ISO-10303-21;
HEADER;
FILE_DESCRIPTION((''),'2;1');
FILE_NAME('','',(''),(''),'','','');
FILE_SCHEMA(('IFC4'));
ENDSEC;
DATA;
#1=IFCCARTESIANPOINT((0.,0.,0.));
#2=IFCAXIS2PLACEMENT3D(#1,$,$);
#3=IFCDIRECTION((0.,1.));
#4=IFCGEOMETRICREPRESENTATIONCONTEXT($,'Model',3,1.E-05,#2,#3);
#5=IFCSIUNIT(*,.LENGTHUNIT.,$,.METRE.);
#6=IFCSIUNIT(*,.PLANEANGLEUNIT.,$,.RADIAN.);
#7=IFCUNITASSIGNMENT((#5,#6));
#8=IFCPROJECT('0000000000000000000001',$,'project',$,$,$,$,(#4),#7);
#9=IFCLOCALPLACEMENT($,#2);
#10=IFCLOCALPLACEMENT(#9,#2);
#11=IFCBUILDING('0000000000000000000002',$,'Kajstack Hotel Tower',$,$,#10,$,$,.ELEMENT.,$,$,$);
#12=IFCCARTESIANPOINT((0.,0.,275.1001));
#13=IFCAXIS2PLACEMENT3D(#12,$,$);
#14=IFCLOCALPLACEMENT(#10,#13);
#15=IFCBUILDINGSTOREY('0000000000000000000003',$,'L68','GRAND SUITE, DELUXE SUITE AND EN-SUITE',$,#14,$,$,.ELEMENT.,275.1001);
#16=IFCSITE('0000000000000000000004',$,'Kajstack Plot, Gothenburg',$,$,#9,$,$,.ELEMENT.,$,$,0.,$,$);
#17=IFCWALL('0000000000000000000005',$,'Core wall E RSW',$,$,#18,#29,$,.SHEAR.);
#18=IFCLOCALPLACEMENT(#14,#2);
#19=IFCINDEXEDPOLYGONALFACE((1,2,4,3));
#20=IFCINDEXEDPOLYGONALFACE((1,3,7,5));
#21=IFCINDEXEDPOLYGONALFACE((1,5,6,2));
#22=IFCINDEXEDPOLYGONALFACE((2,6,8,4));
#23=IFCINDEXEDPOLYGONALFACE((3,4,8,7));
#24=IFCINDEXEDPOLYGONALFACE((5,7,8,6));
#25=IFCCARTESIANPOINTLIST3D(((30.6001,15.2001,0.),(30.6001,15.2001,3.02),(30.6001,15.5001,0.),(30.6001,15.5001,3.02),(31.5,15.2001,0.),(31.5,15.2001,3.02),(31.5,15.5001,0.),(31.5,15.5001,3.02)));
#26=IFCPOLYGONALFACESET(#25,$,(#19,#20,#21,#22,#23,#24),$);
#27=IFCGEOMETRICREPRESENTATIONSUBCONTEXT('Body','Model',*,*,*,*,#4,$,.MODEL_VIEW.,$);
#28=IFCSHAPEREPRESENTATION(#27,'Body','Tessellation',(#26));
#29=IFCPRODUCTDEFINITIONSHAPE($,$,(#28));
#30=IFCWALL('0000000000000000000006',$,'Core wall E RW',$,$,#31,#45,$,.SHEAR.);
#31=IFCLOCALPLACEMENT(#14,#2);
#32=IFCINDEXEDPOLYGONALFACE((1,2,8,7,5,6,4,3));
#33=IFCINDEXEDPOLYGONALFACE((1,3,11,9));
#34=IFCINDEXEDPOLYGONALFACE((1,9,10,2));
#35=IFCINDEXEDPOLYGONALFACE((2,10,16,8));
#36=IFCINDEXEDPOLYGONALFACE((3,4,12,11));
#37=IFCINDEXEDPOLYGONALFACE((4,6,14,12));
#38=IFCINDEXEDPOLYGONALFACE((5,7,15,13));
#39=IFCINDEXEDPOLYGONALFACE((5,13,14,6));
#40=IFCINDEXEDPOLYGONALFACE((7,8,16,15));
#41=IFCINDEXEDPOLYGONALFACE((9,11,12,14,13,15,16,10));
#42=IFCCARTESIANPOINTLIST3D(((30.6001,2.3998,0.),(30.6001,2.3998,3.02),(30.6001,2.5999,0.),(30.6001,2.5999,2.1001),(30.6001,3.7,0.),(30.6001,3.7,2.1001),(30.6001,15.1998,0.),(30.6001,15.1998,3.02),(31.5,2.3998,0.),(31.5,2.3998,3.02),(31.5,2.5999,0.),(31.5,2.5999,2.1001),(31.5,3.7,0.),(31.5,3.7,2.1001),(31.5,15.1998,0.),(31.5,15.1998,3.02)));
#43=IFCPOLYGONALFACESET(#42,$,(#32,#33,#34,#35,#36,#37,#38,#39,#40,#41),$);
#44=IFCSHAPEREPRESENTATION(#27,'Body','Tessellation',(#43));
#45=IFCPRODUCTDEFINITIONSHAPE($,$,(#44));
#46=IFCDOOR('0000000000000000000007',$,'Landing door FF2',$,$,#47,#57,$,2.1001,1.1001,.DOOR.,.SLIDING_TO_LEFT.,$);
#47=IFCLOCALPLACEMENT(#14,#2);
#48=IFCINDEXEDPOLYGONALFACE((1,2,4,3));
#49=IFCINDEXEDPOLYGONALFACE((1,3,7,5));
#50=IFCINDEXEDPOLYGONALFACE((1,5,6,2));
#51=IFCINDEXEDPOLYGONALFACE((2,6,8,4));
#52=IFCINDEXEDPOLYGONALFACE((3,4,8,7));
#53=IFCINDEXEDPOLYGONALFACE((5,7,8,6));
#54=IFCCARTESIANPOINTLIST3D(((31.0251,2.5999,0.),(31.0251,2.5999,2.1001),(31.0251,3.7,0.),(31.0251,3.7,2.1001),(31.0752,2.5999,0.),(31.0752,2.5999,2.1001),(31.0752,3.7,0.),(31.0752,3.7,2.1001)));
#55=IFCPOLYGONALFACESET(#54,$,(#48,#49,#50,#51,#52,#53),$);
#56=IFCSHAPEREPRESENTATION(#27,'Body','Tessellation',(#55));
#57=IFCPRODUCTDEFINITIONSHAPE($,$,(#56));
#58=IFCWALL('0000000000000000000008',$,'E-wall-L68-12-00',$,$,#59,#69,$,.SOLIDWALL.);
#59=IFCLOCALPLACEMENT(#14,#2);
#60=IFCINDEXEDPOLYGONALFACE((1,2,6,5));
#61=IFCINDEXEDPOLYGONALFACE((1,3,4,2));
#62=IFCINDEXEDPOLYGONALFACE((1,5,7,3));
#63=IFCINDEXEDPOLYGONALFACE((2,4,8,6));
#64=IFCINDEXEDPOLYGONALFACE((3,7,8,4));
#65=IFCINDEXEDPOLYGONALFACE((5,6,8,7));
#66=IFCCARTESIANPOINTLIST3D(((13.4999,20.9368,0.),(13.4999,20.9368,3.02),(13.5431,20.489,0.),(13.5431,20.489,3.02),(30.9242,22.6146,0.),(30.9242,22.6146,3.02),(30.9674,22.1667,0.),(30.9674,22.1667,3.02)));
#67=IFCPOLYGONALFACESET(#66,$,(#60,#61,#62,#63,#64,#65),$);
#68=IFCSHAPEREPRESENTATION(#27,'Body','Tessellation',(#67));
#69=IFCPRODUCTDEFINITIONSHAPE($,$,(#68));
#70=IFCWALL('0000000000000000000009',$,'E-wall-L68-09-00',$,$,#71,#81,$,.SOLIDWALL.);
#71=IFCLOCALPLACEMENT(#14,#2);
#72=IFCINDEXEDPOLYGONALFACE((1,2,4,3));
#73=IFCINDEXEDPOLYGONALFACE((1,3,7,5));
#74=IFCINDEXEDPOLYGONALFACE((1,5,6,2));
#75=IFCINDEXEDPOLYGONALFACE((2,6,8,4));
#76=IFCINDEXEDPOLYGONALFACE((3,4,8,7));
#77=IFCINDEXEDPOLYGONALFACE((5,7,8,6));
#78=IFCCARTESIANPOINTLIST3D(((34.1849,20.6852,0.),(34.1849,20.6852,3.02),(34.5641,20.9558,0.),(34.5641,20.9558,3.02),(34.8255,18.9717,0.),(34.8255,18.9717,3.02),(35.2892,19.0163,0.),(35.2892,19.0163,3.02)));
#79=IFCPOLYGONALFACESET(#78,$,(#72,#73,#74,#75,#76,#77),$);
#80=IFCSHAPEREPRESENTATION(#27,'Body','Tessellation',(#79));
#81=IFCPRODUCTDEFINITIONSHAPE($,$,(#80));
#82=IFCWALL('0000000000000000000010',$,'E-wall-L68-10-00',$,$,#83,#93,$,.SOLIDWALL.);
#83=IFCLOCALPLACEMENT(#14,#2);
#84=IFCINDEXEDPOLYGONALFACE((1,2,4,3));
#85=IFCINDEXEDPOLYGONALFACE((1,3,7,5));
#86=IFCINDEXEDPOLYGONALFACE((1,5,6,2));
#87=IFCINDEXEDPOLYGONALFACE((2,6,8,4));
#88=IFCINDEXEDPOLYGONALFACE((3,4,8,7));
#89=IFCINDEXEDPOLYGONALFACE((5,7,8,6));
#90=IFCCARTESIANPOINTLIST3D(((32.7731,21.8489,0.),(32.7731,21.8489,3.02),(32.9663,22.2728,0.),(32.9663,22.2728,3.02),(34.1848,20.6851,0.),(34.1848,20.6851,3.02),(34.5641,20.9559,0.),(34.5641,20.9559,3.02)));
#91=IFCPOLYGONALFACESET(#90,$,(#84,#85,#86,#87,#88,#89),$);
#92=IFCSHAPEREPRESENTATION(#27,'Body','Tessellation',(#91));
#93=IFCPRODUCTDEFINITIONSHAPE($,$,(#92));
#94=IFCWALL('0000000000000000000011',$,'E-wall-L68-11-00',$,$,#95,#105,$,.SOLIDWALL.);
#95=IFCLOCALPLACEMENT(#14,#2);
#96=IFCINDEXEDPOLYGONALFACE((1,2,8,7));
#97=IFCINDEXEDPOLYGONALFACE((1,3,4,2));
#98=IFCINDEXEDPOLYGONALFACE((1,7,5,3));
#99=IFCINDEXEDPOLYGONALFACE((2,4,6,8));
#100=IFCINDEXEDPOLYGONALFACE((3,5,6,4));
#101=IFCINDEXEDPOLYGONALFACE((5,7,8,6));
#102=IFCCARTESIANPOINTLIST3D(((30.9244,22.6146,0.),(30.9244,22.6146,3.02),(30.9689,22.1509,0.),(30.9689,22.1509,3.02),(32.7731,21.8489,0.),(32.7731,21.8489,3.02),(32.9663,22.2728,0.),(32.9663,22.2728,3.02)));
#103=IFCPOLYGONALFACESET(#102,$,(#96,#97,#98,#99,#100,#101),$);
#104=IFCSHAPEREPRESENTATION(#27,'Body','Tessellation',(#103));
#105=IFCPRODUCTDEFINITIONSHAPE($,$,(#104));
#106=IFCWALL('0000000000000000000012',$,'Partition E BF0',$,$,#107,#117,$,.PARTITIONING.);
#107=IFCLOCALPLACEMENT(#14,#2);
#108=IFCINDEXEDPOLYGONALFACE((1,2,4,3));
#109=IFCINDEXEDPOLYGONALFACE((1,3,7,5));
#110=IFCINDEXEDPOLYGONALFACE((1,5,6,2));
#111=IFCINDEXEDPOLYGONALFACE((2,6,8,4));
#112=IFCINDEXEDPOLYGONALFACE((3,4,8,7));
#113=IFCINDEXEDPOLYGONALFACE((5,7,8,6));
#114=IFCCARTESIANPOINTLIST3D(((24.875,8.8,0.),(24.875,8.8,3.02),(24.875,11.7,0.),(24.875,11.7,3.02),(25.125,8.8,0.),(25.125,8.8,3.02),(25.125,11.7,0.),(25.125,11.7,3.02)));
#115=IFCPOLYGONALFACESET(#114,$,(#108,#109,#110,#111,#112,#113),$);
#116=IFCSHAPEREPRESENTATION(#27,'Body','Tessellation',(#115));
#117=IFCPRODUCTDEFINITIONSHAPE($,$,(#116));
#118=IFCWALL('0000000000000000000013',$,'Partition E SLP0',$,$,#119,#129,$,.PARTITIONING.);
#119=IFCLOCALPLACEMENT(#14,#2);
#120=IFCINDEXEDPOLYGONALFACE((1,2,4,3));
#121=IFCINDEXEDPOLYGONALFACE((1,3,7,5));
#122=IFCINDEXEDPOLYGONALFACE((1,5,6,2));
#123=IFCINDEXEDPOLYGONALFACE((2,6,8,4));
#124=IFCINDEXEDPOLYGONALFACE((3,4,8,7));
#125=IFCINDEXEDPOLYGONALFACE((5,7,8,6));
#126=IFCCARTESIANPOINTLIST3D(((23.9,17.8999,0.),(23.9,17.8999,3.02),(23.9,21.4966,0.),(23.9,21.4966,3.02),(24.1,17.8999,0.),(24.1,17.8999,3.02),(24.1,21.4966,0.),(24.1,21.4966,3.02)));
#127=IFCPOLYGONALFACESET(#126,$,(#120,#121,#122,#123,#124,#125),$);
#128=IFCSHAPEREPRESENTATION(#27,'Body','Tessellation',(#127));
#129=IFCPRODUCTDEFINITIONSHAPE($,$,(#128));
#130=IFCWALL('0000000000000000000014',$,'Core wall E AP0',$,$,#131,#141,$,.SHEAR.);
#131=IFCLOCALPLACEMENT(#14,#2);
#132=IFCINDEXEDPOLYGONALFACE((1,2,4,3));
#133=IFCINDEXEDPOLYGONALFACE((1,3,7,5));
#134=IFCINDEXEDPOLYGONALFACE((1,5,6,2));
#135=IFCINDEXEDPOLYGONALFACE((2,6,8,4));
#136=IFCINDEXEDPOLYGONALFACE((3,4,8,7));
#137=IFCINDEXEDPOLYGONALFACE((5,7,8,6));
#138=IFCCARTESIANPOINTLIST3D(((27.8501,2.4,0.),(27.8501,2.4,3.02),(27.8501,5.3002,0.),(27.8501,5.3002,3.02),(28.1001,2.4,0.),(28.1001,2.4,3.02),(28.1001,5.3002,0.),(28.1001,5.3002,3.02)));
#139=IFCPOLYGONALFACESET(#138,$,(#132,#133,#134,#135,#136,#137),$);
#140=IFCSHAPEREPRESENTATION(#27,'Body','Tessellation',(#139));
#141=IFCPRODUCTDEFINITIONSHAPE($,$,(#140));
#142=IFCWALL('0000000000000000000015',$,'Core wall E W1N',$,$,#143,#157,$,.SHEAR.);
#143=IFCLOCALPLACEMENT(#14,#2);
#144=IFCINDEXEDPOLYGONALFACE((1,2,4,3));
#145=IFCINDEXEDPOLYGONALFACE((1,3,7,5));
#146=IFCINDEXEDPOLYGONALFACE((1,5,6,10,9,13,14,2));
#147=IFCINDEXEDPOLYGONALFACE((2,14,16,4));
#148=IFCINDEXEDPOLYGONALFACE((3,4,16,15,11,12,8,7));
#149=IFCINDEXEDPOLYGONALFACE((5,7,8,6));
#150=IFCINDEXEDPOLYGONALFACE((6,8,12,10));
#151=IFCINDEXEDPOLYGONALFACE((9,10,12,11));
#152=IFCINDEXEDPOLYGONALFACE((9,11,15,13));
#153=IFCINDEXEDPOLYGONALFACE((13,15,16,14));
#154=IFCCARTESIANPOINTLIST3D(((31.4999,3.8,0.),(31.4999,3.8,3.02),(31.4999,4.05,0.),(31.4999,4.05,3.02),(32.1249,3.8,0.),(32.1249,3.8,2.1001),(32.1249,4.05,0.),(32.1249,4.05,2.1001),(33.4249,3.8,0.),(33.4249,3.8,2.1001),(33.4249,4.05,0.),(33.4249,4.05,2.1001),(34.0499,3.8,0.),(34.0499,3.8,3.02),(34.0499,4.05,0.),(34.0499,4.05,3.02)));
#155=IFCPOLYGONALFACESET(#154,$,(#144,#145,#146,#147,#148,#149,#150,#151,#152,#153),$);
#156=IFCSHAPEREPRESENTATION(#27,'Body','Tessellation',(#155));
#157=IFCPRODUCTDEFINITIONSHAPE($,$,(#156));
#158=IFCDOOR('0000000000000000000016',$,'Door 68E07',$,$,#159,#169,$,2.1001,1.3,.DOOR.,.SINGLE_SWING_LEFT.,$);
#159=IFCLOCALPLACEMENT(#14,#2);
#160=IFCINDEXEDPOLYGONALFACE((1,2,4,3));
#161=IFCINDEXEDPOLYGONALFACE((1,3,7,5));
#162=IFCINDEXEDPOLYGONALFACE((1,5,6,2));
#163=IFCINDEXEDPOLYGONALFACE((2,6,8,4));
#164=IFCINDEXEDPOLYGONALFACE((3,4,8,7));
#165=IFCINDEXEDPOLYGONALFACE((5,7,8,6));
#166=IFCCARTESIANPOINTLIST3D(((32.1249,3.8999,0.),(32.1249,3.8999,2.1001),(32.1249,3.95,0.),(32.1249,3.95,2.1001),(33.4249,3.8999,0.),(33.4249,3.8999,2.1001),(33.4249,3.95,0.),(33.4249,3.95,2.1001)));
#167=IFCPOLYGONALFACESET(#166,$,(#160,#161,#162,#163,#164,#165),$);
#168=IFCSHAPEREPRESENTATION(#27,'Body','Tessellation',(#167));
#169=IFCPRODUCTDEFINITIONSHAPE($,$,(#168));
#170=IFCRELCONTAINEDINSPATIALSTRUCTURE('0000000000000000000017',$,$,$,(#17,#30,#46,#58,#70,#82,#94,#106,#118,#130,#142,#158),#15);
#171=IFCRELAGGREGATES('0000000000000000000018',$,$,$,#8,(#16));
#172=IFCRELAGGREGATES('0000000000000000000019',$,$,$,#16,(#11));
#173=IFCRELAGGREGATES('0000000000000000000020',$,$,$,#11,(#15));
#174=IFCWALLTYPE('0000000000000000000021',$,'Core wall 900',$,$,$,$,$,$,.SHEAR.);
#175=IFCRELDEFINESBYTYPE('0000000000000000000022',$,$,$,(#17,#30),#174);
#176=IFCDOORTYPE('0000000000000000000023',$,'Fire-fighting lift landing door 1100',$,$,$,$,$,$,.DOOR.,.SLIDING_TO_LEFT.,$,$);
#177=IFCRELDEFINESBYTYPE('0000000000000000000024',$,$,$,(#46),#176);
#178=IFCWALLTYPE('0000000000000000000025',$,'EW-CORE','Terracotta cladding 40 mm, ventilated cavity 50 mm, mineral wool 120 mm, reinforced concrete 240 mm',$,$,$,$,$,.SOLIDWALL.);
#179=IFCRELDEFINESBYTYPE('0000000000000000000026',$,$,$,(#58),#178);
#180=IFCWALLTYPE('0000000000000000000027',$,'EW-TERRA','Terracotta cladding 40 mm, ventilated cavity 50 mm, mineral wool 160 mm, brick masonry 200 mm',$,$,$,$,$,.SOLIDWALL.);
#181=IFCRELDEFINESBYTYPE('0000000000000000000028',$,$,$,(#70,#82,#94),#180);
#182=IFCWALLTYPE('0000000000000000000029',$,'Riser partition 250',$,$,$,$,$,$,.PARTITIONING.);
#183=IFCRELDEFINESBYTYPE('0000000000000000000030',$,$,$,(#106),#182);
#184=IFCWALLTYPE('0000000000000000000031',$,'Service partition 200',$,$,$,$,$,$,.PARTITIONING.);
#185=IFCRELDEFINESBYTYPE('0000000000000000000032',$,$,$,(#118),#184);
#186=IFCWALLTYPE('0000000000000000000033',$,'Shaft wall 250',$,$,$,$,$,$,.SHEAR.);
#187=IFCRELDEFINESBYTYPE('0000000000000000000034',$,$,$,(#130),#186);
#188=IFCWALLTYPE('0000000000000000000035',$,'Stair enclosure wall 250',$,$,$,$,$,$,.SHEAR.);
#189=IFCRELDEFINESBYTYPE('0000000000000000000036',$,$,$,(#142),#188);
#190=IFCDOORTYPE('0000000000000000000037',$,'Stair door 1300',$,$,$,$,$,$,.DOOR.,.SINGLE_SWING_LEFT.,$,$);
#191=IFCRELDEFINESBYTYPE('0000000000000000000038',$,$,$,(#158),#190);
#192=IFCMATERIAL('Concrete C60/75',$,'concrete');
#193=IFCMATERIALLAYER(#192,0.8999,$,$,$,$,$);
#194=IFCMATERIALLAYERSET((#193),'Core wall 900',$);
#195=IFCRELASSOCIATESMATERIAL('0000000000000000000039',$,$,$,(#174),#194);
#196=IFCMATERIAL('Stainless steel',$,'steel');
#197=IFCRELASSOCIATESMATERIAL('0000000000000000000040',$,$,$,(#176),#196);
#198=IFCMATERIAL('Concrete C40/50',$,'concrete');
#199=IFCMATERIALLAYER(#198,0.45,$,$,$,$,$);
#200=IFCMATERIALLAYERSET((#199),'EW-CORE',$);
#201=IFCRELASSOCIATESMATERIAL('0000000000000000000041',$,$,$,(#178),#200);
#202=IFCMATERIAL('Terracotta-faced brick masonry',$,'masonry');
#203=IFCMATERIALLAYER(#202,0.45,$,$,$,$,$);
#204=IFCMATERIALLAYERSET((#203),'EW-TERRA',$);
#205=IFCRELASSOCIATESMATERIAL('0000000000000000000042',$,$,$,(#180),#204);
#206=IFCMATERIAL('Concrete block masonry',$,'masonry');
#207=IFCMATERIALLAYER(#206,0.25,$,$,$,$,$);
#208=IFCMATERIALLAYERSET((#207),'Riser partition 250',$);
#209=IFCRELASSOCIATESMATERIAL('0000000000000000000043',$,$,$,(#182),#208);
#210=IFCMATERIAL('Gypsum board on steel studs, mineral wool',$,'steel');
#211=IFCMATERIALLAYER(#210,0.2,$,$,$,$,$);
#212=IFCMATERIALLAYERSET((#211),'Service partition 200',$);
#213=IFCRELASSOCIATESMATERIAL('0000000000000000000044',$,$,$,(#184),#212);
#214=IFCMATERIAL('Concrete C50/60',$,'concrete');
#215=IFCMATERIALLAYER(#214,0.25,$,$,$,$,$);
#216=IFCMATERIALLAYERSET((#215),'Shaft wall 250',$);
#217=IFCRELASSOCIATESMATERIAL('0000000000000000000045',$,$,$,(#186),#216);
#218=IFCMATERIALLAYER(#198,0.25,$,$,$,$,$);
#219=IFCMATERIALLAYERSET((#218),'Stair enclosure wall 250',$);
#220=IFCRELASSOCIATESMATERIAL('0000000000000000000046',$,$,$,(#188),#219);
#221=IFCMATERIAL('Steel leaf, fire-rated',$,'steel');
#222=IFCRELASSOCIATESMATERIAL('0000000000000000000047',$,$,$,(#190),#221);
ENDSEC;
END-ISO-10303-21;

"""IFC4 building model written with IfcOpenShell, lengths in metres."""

from ifc_helpers import new_model, si_unit, direction, frame, frame_2d, origin, place, context, subcontext, project, spatial, polyline, rectangle, outline, extrude, material, layer, layer_set, type_object, element, fill, save


model = new_model("IFC4")

# Units and contexts
model_context = context("Model", 3, precision=1e-05, world=origin(), true_north=direction((0.0, 1.0)))
body_context = subcontext(model_context, "Body", "Model", "MODEL_VIEW")
ifc_project = project(units=[si_unit("LENGTHUNIT", "METRE"), si_unit("PLANEANGLEUNIT", "RADIAN")], contexts=[model_context])

# Site, building, storey
site_placement = place(None, origin())
site = spatial("IfcSite", under=ifc_project, at=site_placement, Name="Kajstack Plot, Gothenburg", CompositionType="ELEMENT", RefElevation=0.0)
building_placement = place(site_placement, origin())
building = spatial("IfcBuilding", under=site, at=building_placement, Name="Kajstack Hotel Tower", CompositionType="ELEMENT")
storey_placement = place(building_placement, frame((0.0, 0.0, 275.1001)))
storey = spatial("IfcBuildingStorey", under=building, at=storey_placement, Name="L68", Description="GRAND SUITE, DELUXE SUITE AND EN-SUITE", CompositionType="ELEMENT", Elevation=275.1001)

# Wall
ifc_material_1 = material(Name="Concrete C60/75", Category="concrete")
ifc_layer_1 = layer(ifc_material_1, 0.8999)
ifc_layer_set_1 = layer_set([ifc_layer_1], Name="Core wall 900")
wall_type_1 = type_object("IfcWallType", Name="Core wall 900", PredefinedType="SHEAR", material=ifc_layer_set_1)
wall_1_placement = place(storey_placement, frame((30.6001, 15.3501, 0.0), z_axis=(0.0, 0.0, 1.0), x_axis=(1.0, 0.0, 0.0)))
element("IfcWall", 1, at=wall_1_placement, inside=storey, type_object=wall_type_1, Name="Core wall E RSW", PredefinedType="SHEAR", context=body_context, shape_type="SweptSolid", body=[
    extrude(rectangle(XDim=0.8999, YDim=0.3, at=frame_2d((0.45, 0.0))), origin(), (0.0, 0.0, 1.0), 3.02),
])

# Wall, opening, door
wall_2_placement = place(storey_placement, frame((31.05, 2.3999, 0.0), z_axis=(0.0, 0.0, 1.0), x_axis=(0.0, 1.0, 0.0)))
wall_2 = element("IfcWall", 2, at=wall_2_placement, inside=storey, type_object=wall_type_1, Name="Core wall E RW", PredefinedType="SHEAR", context=body_context, shape_type="SweptSolid", body=[
    extrude(rectangle(XDim=12.8, YDim=0.8999, at=frame_2d((6.3999, 0.0))), origin(), (0.0, 0.0, 1.0), 3.02),
])
opening_1_placement = place(wall_2_placement, frame((0.2, 0.0, 0.0)))
opening_1 = element("IfcOpeningElement", 3, at=opening_1_placement, cuts=wall_2, PredefinedType="OPENING", context=body_context, shape_type="SweptSolid", body=[
    extrude(rectangle(XDim=1.1001, YDim=2.1001, at=frame_2d((0.55, 1.05))), frame((0.0, 0.46, 0.0), z_axis=(0.0, -1.0, 0.0), x_axis=(1.0, 0.0, 0.0)), (0.0, 0.0, 1.0), 0.9199),
])
ifc_material_2 = material(Name="Stainless steel", Category="steel")
door_type_1 = type_object("IfcDoorType", Name="Fire-fighting lift landing door 1100", OperationType="SLIDING_TO_LEFT", PredefinedType="DOOR", material=ifc_material_2)
door_1_placement = place(opening_1_placement, origin())
door_1 = element("IfcDoor", 4, at=door_1_placement, inside=storey, type_object=door_type_1, Name="Landing door FF2", OperationType="SLIDING_TO_LEFT", OverallHeight=2.1001, OverallWidth=1.1001, PredefinedType="DOOR", context=body_context, shape_type="SweptSolid", body=[
    extrude(rectangle(XDim=1.1001, YDim=2.1001, at=frame_2d((0.55, 1.05))), frame((0.0, 0.0249, 0.0), z_axis=(0.0, -1.0, 0.0), x_axis=(1.0, 0.0, 0.0)), (0.0, 0.0, 1.0), 0.05),
])
fill(opening_1, door_1)

# Walls
ifc_material_3 = material(Name="Concrete C40/50", Category="concrete")
ifc_layer_2 = layer(ifc_material_3, 0.45)
ifc_layer_set_2 = layer_set([ifc_layer_2], Name="EW-CORE")
wall_type_2 = type_object("IfcWallType", Name="EW-CORE", Description="Terracotta cladding 40 mm, ventilated cavity 50 mm, mineral wool 120 mm, reinforced concrete 240 mm", PredefinedType="SOLIDWALL", material=ifc_layer_set_2)
wall_3_placement = place(storey_placement, frame((30.9458, 22.3906, 0.0), z_axis=(0.0, 0.0, 1.0), x_axis=(-0.995396, -0.095844, 0.0)))
element("IfcWall", 5, at=wall_3_placement, inside=storey, type_object=wall_type_2, Name="E-wall-L68-12-00", PredefinedType="SOLIDWALL", context=body_context, shape_type="SweptSolid", body=[
    extrude(rectangle(XDim=17.5049, YDim=0.45, at=frame_2d((8.7524, 0.0))), origin(), (0.0, 0.0, 1.0), 3.02),
])
ifc_material_4 = material(Name="Terracotta-faced brick masonry", Category="masonry")
ifc_layer_3 = layer(ifc_material_4, 0.45)
ifc_layer_set_3 = layer_set([ifc_layer_3], Name="EW-TERRA")
wall_type_3 = type_object("IfcWallType", Name="EW-TERRA", Description="Terracotta cladding 40 mm, ventilated cavity 50 mm, mineral wool 160 mm, brick masonry 200 mm", PredefinedType="SOLIDWALL", material=ifc_layer_set_3)
wall_4_placement = place(storey_placement, frame((35.0784, 18.9375, 0.0), z_axis=(0.0, 0.0, 1.0), x_axis=(-0.350193, 0.936678, 0.0)))
element("IfcWall", 6, at=wall_4_placement, inside=storey, type_object=wall_type_3, Name="E-wall-L68-09-00", PredefinedType="SOLIDWALL", context=body_context, shape_type="SweptSolid", body=[
    extrude(outline(polyline([(0.0, -0.2251), (2.0706, -0.2251), (1.95, 0.2249), (0.1206, 0.2249), (0.0, -0.2251)])), origin(), (0.0, 0.0, 1.0), 3.02),
])
wall_5_placement = place(storey_placement, frame((34.4209, 20.7822, 0.0), z_axis=(0.0, 0.0, 1.0), x_axis=(-0.771593, 0.636116, 0.0)))
element("IfcWall", 7, at=wall_5_placement, inside=storey, type_object=wall_type_3, Name="E-wall-L68-10-00", PredefinedType="SOLIDWALL", context=body_context, shape_type="SweptSolid", body=[
    extrude(outline(polyline([(0.0, -0.2251), (2.0706, -0.2249), (1.95, 0.2251), (0.1204, 0.2251), (0.0, -0.2251)])), origin(), (0.0, 0.0, 1.0), 3.02),
])
wall_6_placement = place(storey_placement, frame((32.9292, 22.051, 0.0), z_axis=(0.0, 0.0, 1.0), x_axis=(-0.986298, 0.164973, 0.0)))
element("IfcWall", 8, at=wall_6_placement, inside=storey, type_object=wall_type_3, Name="E-wall-L68-11-00", PredefinedType="SOLIDWALL", context=body_context, shape_type="SweptSolid", body=[
    extrude(outline(polyline([(0.0, -0.2249), (2.0703, -0.2251), (1.95, 0.2249), (0.1206, 0.2251), (0.0, -0.2249)])), origin(), (0.0, 0.0, 1.0), 3.02),
])
ifc_material_5 = material(Name="Concrete block masonry", Category="masonry")
ifc_layer_4 = layer(ifc_material_5, 0.25)
ifc_layer_set_4 = layer_set([ifc_layer_4], Name="Riser partition 250")
wall_type_4 = type_object("IfcWallType", Name="Riser partition 250", PredefinedType="PARTITIONING", material=ifc_layer_set_4)
wall_7_placement = place(storey_placement, frame((25.0, 8.8, 0.0), z_axis=(0.0, 0.0, 1.0), x_axis=(0.0, 1.0, 0.0)))
element("IfcWall", 9, at=wall_7_placement, inside=storey, type_object=wall_type_4, Name="Partition E BF0", PredefinedType="PARTITIONING", context=body_context, shape_type="SweptSolid", body=[
    extrude(rectangle(XDim=2.8999, YDim=0.25, at=frame_2d((1.45, 0.0))), origin(), (0.0, 0.0, 1.0), 3.02),
])
ifc_material_6 = material(Name="Gypsum board on steel studs, mineral wool", Category="steel")
ifc_layer_5 = layer(ifc_material_6, 0.2)
ifc_layer_set_5 = layer_set([ifc_layer_5], Name="Service partition 200")
wall_type_5 = type_object("IfcWallType", Name="Service partition 200", PredefinedType="PARTITIONING", material=ifc_layer_set_5)
wall_8_placement = place(storey_placement, frame((24.0, 17.8999, 0.0), z_axis=(0.0, 0.0, 1.0), x_axis=(0.0, 1.0, 0.0)))
element("IfcWall", 10, at=wall_8_placement, inside=storey, type_object=wall_type_5, Name="Partition E SLP0", PredefinedType="PARTITIONING", context=body_context, shape_type="SweptSolid", body=[
    extrude(rectangle(XDim=3.5967, YDim=0.2, at=frame_2d((1.7983, 0.0))), origin(), (0.0, 0.0, 1.0), 3.02),
])
ifc_material_7 = material(Name="Concrete C50/60", Category="concrete")
ifc_layer_6 = layer(ifc_material_7, 0.25)
ifc_layer_set_6 = layer_set([ifc_layer_6], Name="Shaft wall 250")
wall_type_6 = type_object("IfcWallType", Name="Shaft wall 250", PredefinedType="SHEAR", material=ifc_layer_set_6)
wall_9_placement = place(storey_placement, frame((27.9751, 2.3999, 0.0), z_axis=(0.0, 0.0, 1.0), x_axis=(0.0, 1.0, 0.0)))
element("IfcWall", 11, at=wall_9_placement, inside=storey, type_object=wall_type_6, Name="Core wall E AP0", PredefinedType="SHEAR", context=body_context, shape_type="SweptSolid", body=[
    extrude(rectangle(XDim=2.9001, YDim=0.25, at=frame_2d((1.4502, 0.0))), origin(), (0.0, 0.0, 1.0), 3.02),
])

# Wall, opening, door
ifc_layer_7 = layer(ifc_material_3, 0.25)
ifc_layer_set_7 = layer_set([ifc_layer_7], Name="Stair enclosure wall 250")
wall_type_7 = type_object("IfcWallType", Name="Stair enclosure wall 250", PredefinedType="SHEAR", material=ifc_layer_set_7)
wall_10_placement = place(storey_placement, frame((31.5, 3.925, 0.0), z_axis=(0.0, 0.0, 1.0), x_axis=(1.0, 0.0, 0.0)))
wall_10 = element("IfcWall", 12, at=wall_10_placement, inside=storey, type_object=wall_type_7, Name="Core wall E W1N", PredefinedType="SHEAR", context=body_context, shape_type="SweptSolid", body=[
    extrude(rectangle(XDim=2.55, YDim=0.25, at=frame_2d((1.2749, 0.0))), origin(), (0.0, 0.0, 1.0), 3.02),
])
opening_2_placement = place(wall_10_placement, frame((0.625, 0.0, 0.0)))
opening_2 = element("IfcOpeningElement", 13, at=opening_2_placement, cuts=wall_10, PredefinedType="OPENING", context=body_context, shape_type="SweptSolid", body=[
    extrude(rectangle(XDim=1.3, YDim=2.1001, at=frame_2d((0.6499, 1.05))), frame((0.0, 0.135, 0.0), z_axis=(0.0, -1.0, 0.0), x_axis=(1.0, 0.0, 0.0)), (0.0, 0.0, 1.0), 0.27),
])
ifc_material_8 = material(Name="Steel leaf, fire-rated", Category="steel")
door_type_2 = type_object("IfcDoorType", Name="Stair door 1300", OperationType="SINGLE_SWING_LEFT", PredefinedType="DOOR", material=ifc_material_8)
door_2_placement = place(opening_2_placement, origin())
door_2 = element("IfcDoor", 14, at=door_2_placement, inside=storey, type_object=door_type_2, Name="Door 68E07", OperationType="SINGLE_SWING_LEFT", OverallHeight=2.1001, OverallWidth=1.3, PredefinedType="DOOR", context=body_context, shape_type="SweptSolid", body=[
    extrude(rectangle(XDim=1.3, YDim=2.1001, at=frame_2d((0.6499, 1.05))), frame((0.0, 0.0249, 0.0), z_axis=(0.0, -1.0, 0.0), x_axis=(1.0, 0.0, 0.0)), (0.0, 0.0, 1.0), 0.05),
])
fill(opening_2, door_2)

save(model, "model.ifc")
